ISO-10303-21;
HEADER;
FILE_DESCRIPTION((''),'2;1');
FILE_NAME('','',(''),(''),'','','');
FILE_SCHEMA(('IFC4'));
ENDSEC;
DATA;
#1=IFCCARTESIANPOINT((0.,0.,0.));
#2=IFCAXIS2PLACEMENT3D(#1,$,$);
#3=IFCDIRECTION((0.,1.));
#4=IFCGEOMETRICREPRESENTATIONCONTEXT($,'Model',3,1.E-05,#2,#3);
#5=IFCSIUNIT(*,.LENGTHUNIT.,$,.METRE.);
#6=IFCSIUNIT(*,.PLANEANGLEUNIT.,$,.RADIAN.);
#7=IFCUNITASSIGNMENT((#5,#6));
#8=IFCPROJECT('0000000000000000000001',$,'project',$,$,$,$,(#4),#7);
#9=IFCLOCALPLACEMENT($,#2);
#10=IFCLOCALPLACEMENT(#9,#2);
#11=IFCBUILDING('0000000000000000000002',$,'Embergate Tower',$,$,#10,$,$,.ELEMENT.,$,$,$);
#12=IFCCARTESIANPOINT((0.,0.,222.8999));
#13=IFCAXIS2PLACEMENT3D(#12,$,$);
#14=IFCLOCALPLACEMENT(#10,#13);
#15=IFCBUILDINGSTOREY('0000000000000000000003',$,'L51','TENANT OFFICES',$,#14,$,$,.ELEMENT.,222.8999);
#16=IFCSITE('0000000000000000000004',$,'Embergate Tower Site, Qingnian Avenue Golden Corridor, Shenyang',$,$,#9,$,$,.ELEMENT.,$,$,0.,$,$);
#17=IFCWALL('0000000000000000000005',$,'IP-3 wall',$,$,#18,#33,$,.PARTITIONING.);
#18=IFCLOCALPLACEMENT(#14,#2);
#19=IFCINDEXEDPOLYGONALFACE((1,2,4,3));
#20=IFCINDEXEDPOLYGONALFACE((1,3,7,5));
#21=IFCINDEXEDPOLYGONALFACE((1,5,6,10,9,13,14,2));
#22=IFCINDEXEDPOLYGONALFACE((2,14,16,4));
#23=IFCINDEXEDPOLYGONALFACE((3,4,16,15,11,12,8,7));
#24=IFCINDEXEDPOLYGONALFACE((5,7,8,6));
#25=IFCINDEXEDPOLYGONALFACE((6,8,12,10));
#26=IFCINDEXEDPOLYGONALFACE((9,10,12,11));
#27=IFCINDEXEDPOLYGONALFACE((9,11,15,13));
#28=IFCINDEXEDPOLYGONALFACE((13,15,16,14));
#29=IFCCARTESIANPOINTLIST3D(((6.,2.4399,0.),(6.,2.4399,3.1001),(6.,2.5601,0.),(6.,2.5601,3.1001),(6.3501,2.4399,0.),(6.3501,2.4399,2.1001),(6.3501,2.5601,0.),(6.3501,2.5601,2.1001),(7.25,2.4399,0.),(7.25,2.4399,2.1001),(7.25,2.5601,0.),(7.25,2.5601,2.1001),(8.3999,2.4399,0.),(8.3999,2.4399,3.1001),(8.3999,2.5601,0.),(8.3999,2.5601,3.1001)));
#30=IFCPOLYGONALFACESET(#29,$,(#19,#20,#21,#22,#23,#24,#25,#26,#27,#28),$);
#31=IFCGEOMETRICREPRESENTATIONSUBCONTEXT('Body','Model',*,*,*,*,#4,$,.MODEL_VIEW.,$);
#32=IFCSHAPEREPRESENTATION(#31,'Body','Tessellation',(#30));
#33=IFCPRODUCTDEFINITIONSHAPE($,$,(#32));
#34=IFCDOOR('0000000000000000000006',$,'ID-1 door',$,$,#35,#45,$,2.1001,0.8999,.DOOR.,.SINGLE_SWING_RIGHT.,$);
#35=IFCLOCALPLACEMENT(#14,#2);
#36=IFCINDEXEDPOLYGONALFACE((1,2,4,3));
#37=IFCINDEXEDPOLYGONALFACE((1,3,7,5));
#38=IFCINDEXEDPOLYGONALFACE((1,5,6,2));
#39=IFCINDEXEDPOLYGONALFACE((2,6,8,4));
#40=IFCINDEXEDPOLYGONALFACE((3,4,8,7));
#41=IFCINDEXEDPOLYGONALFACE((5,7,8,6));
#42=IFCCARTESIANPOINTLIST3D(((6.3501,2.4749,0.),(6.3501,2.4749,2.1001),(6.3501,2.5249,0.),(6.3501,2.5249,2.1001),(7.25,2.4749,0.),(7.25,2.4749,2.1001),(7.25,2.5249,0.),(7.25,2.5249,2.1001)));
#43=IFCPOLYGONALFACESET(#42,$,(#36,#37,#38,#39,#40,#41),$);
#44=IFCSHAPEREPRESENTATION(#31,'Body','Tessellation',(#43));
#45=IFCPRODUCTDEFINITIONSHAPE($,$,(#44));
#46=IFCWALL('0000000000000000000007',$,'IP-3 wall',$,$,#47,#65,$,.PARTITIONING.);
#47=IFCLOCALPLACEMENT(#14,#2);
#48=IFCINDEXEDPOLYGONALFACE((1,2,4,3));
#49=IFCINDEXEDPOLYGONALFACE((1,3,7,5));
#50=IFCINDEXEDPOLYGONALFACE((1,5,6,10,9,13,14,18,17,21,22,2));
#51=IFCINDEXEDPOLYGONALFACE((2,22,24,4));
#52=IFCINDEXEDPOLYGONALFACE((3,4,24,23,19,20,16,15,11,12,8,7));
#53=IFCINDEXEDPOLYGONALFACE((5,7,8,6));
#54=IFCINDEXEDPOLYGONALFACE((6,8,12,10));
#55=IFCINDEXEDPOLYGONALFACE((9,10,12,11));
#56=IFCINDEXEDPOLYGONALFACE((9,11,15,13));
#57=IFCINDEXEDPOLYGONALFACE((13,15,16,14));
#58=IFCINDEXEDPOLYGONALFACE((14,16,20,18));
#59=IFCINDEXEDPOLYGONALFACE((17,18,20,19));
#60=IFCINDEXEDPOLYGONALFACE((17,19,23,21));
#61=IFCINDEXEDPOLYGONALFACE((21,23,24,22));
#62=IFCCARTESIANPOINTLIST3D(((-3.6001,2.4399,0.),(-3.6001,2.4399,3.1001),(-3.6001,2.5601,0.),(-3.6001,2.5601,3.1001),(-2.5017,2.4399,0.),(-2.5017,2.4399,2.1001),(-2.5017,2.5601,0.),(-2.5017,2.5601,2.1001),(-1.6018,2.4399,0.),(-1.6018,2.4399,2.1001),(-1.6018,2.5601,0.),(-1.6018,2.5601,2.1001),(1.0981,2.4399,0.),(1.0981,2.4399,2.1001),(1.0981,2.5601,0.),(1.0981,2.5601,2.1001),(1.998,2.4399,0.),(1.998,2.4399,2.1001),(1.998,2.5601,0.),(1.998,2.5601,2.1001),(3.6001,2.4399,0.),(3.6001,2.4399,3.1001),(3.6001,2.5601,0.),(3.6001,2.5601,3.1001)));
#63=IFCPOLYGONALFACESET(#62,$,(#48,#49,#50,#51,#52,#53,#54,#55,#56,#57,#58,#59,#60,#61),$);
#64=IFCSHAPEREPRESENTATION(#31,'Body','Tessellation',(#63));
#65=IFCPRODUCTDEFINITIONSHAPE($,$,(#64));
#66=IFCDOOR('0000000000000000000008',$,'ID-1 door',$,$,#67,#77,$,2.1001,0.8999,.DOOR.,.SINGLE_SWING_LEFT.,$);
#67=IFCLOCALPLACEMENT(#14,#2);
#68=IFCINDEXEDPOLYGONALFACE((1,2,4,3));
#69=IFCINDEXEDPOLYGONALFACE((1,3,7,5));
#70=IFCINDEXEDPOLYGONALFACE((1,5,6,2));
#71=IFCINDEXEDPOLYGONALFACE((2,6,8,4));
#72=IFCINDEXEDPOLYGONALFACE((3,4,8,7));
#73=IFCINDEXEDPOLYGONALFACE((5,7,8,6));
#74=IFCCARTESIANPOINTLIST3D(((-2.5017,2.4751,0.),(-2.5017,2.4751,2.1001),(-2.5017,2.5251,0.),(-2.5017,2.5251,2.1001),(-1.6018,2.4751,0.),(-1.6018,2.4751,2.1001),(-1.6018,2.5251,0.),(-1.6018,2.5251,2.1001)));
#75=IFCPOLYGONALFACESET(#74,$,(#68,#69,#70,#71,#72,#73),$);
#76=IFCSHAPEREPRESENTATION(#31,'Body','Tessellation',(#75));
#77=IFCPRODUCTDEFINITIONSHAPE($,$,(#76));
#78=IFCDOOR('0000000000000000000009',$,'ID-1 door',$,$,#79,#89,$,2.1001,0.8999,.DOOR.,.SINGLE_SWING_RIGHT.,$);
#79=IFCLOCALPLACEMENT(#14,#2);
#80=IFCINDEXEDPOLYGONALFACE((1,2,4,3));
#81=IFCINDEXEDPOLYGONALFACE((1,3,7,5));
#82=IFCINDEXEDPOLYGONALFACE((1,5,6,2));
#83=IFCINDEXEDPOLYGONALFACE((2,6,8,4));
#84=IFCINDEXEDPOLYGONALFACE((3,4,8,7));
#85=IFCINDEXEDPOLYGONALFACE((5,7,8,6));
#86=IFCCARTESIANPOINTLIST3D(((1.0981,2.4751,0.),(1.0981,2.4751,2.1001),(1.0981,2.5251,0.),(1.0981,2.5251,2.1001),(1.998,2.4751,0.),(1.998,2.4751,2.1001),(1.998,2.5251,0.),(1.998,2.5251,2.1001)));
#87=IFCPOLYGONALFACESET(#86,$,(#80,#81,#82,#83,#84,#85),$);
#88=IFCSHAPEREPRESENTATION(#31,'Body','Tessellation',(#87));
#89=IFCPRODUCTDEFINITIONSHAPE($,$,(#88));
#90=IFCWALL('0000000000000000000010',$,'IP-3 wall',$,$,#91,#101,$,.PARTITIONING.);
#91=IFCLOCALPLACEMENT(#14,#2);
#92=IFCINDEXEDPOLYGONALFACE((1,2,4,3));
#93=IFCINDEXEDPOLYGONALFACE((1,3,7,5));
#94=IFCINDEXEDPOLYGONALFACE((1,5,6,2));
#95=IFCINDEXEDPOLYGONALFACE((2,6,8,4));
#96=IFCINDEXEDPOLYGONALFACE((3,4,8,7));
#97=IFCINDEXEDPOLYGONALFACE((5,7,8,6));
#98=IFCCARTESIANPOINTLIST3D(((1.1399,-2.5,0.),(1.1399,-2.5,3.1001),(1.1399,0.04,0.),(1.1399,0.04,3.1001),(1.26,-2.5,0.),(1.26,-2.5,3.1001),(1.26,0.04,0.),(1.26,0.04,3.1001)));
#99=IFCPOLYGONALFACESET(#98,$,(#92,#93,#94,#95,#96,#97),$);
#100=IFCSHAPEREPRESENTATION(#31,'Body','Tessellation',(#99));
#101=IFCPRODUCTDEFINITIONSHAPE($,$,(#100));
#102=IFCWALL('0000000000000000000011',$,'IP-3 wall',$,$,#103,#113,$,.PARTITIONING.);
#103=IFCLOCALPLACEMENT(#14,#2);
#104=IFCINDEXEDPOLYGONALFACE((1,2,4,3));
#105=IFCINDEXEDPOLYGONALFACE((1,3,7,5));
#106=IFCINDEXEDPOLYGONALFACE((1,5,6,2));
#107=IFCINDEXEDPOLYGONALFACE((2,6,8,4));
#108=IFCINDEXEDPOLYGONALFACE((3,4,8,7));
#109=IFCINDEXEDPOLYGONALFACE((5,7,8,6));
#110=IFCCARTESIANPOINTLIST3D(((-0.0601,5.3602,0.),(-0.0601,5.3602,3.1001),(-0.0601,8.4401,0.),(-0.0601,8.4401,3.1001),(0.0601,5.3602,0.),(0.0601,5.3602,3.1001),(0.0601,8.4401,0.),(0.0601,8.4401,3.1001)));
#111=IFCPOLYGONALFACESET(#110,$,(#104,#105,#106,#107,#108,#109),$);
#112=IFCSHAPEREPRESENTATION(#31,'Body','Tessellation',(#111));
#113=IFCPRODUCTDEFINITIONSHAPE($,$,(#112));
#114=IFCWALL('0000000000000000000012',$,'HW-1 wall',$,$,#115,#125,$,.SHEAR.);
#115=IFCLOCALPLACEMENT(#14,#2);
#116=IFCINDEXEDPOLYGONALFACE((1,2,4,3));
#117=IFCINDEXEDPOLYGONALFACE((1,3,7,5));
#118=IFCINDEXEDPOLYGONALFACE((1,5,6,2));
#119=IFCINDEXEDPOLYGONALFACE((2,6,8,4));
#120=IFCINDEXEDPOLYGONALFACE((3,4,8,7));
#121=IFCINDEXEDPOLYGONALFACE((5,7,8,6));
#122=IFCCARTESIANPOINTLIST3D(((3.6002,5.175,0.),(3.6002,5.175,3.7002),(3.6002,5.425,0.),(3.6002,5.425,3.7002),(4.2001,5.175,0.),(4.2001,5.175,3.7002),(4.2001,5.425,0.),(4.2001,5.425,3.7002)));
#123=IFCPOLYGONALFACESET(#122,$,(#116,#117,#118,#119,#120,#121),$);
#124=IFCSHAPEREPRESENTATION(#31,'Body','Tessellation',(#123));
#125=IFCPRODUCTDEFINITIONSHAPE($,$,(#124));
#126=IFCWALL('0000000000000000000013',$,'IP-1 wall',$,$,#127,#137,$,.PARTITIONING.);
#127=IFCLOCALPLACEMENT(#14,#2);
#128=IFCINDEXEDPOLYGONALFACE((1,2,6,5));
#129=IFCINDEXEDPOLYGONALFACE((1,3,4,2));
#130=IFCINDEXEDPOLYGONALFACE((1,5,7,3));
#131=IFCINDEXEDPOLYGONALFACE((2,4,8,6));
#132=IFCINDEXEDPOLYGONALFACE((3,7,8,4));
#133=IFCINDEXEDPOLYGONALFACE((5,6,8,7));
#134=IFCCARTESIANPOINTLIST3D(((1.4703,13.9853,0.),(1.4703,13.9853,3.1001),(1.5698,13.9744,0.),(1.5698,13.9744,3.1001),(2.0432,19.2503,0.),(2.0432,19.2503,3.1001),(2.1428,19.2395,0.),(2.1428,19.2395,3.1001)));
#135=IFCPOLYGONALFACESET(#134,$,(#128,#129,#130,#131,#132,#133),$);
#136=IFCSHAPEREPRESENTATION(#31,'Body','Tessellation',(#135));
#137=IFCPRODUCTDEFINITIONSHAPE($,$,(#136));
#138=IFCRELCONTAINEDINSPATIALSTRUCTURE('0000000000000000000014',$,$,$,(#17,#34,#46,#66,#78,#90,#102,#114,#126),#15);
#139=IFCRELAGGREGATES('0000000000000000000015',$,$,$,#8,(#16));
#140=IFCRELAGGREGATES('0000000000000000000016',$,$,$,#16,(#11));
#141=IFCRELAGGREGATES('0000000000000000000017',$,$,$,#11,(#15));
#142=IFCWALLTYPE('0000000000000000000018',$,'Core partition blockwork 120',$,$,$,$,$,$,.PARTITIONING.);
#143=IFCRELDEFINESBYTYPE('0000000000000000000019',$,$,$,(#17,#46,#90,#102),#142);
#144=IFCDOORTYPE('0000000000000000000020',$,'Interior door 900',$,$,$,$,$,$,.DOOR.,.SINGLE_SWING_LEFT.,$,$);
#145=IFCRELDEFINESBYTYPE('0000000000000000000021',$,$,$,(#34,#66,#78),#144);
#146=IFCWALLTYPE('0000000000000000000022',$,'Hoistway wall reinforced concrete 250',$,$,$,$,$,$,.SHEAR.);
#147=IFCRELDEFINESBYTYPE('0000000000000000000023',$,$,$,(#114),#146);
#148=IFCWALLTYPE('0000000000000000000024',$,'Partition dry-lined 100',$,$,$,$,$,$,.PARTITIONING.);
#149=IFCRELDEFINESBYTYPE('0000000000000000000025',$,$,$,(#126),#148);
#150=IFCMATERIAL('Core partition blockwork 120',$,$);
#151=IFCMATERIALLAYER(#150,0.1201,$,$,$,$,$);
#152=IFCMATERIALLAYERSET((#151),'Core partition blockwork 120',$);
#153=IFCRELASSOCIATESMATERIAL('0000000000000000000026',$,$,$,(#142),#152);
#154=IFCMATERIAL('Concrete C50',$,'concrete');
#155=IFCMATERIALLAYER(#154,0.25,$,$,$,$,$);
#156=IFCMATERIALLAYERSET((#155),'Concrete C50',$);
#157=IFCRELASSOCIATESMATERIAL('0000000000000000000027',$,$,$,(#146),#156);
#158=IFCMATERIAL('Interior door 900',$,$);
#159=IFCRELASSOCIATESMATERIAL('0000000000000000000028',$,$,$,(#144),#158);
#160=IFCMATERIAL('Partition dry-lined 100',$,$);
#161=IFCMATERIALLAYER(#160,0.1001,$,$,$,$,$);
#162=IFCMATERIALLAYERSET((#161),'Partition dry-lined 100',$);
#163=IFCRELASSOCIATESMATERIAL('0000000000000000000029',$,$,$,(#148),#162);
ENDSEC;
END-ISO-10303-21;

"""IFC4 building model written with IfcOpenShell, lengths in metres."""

from ifc_helpers import new_model, si_unit, direction, frame, frame_2d, origin, place, context, subcontext, project, spatial, rectangle, extrude, source, transform, mapped, material, layer, layer_set, type_object, element, fill, save


model = new_model("IFC4")

# Units and contexts
model_context = context("Model", 3, precision=1e-05, world=origin(), true_north=direction((0.0, 1.0)))
body_context = subcontext(model_context, "Body", "Model", "MODEL_VIEW")
ifc_project = project(units=[si_unit("LENGTHUNIT", "METRE"), si_unit("PLANEANGLEUNIT", "RADIAN")], contexts=[model_context])

# Site, building, storey
site_placement = place(None, origin())
site = spatial("IfcSite", under=ifc_project, at=site_placement, Name="Embergate Tower Site, Qingnian Avenue Golden Corridor, Shenyang", CompositionType="ELEMENT", RefElevation=0.0)
building_placement = place(site_placement, origin())
building = spatial("IfcBuilding", under=site, at=building_placement, Name="Embergate Tower", CompositionType="ELEMENT")
storey_placement = place(building_placement, frame((0.0, 0.0, 222.8999)))
storey = spatial("IfcBuildingStorey", under=building, at=storey_placement, Name="L51", Description="TENANT OFFICES", CompositionType="ELEMENT", Elevation=222.8999)

# Shared definitions
ifc_material_1 = material(Name="Core partition blockwork 120")
ifc_layer_1 = layer(ifc_material_1, 0.1201)
ifc_layer_set_1 = layer_set([ifc_layer_1], Name="Core partition blockwork 120")
wall_type_1 = type_object("IfcWallType", Name="Core partition blockwork 120", PredefinedType="PARTITIONING", material=ifc_layer_set_1)

# Shared definitions
ifc_material_2 = material(Name="Concrete C50", Category="concrete")
ifc_layer_2 = layer(ifc_material_2, 0.25)
ifc_layer_set_2 = layer_set([ifc_layer_2], Name="Concrete C50")
wall_type_2 = type_object("IfcWallType", Name="Hoistway wall reinforced concrete 250", PredefinedType="SHEAR", material=ifc_layer_set_2)

# Wall, opening, door
shared_shape_1 = source(origin(), body_context, "Body", "SweptSolid", [
    extrude(rectangle(XDim=2.3999, YDim=0.1201, at=frame_2d((1.2, 0.0))), origin(), (0.0, 0.0, 1.0), 3.1001),
])
wall_1_placement = place(storey_placement, frame((6.0, 2.5, 0.0), z_axis=(0.0, 0.0, 1.0), x_axis=(1.0, 0.0, 0.0)))
wall_1 = element("IfcWall", 1, at=wall_1_placement, inside=storey, type_object=wall_type_1, Name="IP-3 wall", PredefinedType="PARTITIONING", context=body_context, shape_type="MappedRepresentation", body=[
    mapped(shared_shape_1, transform((0.0, 0.0, 0.0))),
])
shared_shape_2 = source(origin(), body_context, "Body", "SweptSolid", [
    extrude(rectangle(XDim=0.8999, YDim=2.1001, at=frame_2d((0.45, 1.05))), frame((0.0, 0.0701, 0.0), z_axis=(0.0, -1.0, 0.0), x_axis=(1.0, 0.0, 0.0)), (0.0, 0.0, 1.0), 0.1401),
])
opening_1_placement = place(wall_1_placement, frame((0.3501, 0.0, 0.0)))
opening_1 = element("IfcOpeningElement", 2, at=opening_1_placement, cuts=wall_1, PredefinedType="OPENING", context=body_context, shape_type="MappedRepresentation", body=[
    mapped(shared_shape_2, transform((0.0, 0.0, 0.0))),
])
ifc_material_3 = material(Name="Interior door 900")
door_type_1 = type_object("IfcDoorType", Name="Interior door 900", OperationType="SINGLE_SWING_LEFT", PredefinedType="DOOR", material=ifc_material_3)
shared_shape_3 = source(origin(), body_context, "Body", "SweptSolid", [
    extrude(rectangle(XDim=0.8999, YDim=2.1001, at=frame_2d((0.45, 1.05))), frame((0.0, 0.0249, 0.0), z_axis=(0.0, -1.0, 0.0), x_axis=(1.0, 0.0, 0.0)), (0.0, 0.0, 1.0), 0.05),
])
door_1_placement = place(opening_1_placement, origin())
door_1 = element("IfcDoor", 3, at=door_1_placement, inside=storey, type_object=door_type_1, Name="ID-1 door", OperationType="SINGLE_SWING_RIGHT", OverallHeight=2.1001, OverallWidth=0.8999, PredefinedType="DOOR", context=body_context, shape_type="MappedRepresentation", body=[
    mapped(shared_shape_3, transform((0.0, 0.0, 0.0))),
])
fill(opening_1, door_1)

# Wall, openings, doors
shared_shape_4 = source(origin(), body_context, "Body", "SweptSolid", [
    extrude(rectangle(XDim=7.2002, YDim=0.1201, at=frame_2d((3.6001, 0.0))), origin(), (0.0, 0.0, 1.0), 3.1001),
])
wall_2_placement = place(storey_placement, frame((3.6001, 2.5, 0.0), z_axis=(0.0, 0.0, 1.0), x_axis=(-1.0, 0.0, 0.0)))
wall_2 = element("IfcWall", 4, at=wall_2_placement, inside=storey, type_object=wall_type_1, Name="IP-3 wall", PredefinedType="PARTITIONING", context=body_context, shape_type="MappedRepresentation", body=[
    mapped(shared_shape_4, transform((0.0, 0.0, 0.0))),
])
opening_2_placement = place(wall_2_placement, frame((5.2019, 0.0, 0.0)))
opening_2 = element("IfcOpeningElement", 5, at=opening_2_placement, cuts=wall_2, PredefinedType="OPENING", context=body_context, shape_type="MappedRepresentation", body=[
    mapped(shared_shape_2, transform((0.0, 0.0, 0.0))),
])
opening_3_placement = place(wall_2_placement, frame((1.6021, 0.0, 0.0)))
opening_3 = element("IfcOpeningElement", 6, at=opening_3_placement, cuts=wall_2, PredefinedType="OPENING", context=body_context, shape_type="MappedRepresentation", body=[
    mapped(shared_shape_2, transform((0.0, 0.0, 0.0))),
])
door_2_placement = place(opening_2_placement, origin())
door_2 = element("IfcDoor", 7, at=door_2_placement, inside=storey, type_object=door_type_1, Name="ID-1 door", OperationType="SINGLE_SWING_LEFT", OverallHeight=2.1001, OverallWidth=0.8999, PredefinedType="DOOR", context=body_context, shape_type="MappedRepresentation", body=[
    mapped(shared_shape_3, transform((0.0, 0.0, 0.0))),
])
fill(opening_2, door_2)
door_3_placement = place(opening_3_placement, origin())
door_3 = element("IfcDoor", 8, at=door_3_placement, inside=storey, type_object=door_type_1, Name="ID-1 door", OperationType="SINGLE_SWING_RIGHT", OverallHeight=2.1001, OverallWidth=0.8999, PredefinedType="DOOR", context=body_context, shape_type="MappedRepresentation", body=[
    mapped(shared_shape_3, transform((0.0, 0.0, 0.0))),
])
fill(opening_3, door_3)

# Walls
shared_shape_5 = source(origin(), body_context, "Body", "SweptSolid", [
    extrude(rectangle(XDim=2.54, YDim=0.1201, at=frame_2d((1.27, 0.0))), origin(), (0.0, 0.0, 1.0), 3.1001),
])
wall_3_placement = place(storey_placement, frame((1.2, 0.04, 0.0), z_axis=(0.0, 0.0, 1.0), x_axis=(0.0, -1.0, 0.0)))
element("IfcWall", 9, at=wall_3_placement, inside=storey, type_object=wall_type_1, Name="IP-3 wall", PredefinedType="PARTITIONING", context=body_context, shape_type="MappedRepresentation", body=[
    mapped(shared_shape_5, transform((0.0, 0.0, 0.0))),
])
shared_shape_6 = source(origin(), body_context, "Body", "SweptSolid", [
    extrude(rectangle(XDim=3.0798, YDim=0.1201, at=frame_2d((1.54, 0.0))), origin(), (0.0, 0.0, 1.0), 3.1001),
])
wall_4_placement = place(storey_placement, frame((0.0, 5.3601, 0.0), z_axis=(0.0, 0.0, 1.0), x_axis=(0.0, 1.0, 0.0)))
element("IfcWall", 10, at=wall_4_placement, inside=storey, type_object=wall_type_1, Name="IP-3 wall", PredefinedType="PARTITIONING", context=body_context, shape_type="MappedRepresentation", body=[
    mapped(shared_shape_6, transform((0.0, 0.0, 0.0))),
])
shared_shape_7 = source(origin(), body_context, "Body", "SweptSolid", [
    extrude(rectangle(XDim=0.5999, YDim=0.25, at=frame_2d((0.2998, 0.0))), origin(), (0.0, 0.0, 1.0), 3.7002),
])
wall_5_placement = place(storey_placement, frame((4.2, 5.3, 0.0), z_axis=(0.0, 0.0, 1.0), x_axis=(-1.0, 0.0, 0.0)))
element("IfcWall", 11, at=wall_5_placement, inside=storey, type_object=wall_type_2, Name="HW-1 wall", PredefinedType="SHEAR", context=body_context, shape_type="MappedRepresentation", body=[
    mapped(shared_shape_7, transform((0.0, 0.0, 0.0))),
])
ifc_material_4 = material(Name="Partition dry-lined 100")
ifc_layer_3 = layer(ifc_material_4, 0.1001)
ifc_layer_set_3 = layer_set([ifc_layer_3], Name="Partition dry-lined 100")
wall_type_3 = type_object("IfcWallType", Name="Partition dry-lined 100", PredefinedType="PARTITIONING", material=ifc_layer_set_3)
shared_shape_8 = source(origin(), body_context, "Body", "SweptSolid", [
    extrude(rectangle(XDim=5.2961, YDim=0.1001, at=frame_2d((2.6479, 0.0))), origin(), (0.0, 0.0, 1.0), 3.1001),
])
wall_6_placement = place(storey_placement, frame((1.52, 13.98, 0.0), z_axis=(0.0, 0.0, 1.0), x_axis=(0.10819, 0.99413, 0.0)))
element("IfcWall", 12, at=wall_6_placement, inside=storey, type_object=wall_type_3, Name="IP-1 wall", PredefinedType="PARTITIONING", context=body_context, shape_type="MappedRepresentation", body=[
    mapped(shared_shape_8, transform((0.0, 0.0, 0.0))),
])

save(model, "model.ifc")
